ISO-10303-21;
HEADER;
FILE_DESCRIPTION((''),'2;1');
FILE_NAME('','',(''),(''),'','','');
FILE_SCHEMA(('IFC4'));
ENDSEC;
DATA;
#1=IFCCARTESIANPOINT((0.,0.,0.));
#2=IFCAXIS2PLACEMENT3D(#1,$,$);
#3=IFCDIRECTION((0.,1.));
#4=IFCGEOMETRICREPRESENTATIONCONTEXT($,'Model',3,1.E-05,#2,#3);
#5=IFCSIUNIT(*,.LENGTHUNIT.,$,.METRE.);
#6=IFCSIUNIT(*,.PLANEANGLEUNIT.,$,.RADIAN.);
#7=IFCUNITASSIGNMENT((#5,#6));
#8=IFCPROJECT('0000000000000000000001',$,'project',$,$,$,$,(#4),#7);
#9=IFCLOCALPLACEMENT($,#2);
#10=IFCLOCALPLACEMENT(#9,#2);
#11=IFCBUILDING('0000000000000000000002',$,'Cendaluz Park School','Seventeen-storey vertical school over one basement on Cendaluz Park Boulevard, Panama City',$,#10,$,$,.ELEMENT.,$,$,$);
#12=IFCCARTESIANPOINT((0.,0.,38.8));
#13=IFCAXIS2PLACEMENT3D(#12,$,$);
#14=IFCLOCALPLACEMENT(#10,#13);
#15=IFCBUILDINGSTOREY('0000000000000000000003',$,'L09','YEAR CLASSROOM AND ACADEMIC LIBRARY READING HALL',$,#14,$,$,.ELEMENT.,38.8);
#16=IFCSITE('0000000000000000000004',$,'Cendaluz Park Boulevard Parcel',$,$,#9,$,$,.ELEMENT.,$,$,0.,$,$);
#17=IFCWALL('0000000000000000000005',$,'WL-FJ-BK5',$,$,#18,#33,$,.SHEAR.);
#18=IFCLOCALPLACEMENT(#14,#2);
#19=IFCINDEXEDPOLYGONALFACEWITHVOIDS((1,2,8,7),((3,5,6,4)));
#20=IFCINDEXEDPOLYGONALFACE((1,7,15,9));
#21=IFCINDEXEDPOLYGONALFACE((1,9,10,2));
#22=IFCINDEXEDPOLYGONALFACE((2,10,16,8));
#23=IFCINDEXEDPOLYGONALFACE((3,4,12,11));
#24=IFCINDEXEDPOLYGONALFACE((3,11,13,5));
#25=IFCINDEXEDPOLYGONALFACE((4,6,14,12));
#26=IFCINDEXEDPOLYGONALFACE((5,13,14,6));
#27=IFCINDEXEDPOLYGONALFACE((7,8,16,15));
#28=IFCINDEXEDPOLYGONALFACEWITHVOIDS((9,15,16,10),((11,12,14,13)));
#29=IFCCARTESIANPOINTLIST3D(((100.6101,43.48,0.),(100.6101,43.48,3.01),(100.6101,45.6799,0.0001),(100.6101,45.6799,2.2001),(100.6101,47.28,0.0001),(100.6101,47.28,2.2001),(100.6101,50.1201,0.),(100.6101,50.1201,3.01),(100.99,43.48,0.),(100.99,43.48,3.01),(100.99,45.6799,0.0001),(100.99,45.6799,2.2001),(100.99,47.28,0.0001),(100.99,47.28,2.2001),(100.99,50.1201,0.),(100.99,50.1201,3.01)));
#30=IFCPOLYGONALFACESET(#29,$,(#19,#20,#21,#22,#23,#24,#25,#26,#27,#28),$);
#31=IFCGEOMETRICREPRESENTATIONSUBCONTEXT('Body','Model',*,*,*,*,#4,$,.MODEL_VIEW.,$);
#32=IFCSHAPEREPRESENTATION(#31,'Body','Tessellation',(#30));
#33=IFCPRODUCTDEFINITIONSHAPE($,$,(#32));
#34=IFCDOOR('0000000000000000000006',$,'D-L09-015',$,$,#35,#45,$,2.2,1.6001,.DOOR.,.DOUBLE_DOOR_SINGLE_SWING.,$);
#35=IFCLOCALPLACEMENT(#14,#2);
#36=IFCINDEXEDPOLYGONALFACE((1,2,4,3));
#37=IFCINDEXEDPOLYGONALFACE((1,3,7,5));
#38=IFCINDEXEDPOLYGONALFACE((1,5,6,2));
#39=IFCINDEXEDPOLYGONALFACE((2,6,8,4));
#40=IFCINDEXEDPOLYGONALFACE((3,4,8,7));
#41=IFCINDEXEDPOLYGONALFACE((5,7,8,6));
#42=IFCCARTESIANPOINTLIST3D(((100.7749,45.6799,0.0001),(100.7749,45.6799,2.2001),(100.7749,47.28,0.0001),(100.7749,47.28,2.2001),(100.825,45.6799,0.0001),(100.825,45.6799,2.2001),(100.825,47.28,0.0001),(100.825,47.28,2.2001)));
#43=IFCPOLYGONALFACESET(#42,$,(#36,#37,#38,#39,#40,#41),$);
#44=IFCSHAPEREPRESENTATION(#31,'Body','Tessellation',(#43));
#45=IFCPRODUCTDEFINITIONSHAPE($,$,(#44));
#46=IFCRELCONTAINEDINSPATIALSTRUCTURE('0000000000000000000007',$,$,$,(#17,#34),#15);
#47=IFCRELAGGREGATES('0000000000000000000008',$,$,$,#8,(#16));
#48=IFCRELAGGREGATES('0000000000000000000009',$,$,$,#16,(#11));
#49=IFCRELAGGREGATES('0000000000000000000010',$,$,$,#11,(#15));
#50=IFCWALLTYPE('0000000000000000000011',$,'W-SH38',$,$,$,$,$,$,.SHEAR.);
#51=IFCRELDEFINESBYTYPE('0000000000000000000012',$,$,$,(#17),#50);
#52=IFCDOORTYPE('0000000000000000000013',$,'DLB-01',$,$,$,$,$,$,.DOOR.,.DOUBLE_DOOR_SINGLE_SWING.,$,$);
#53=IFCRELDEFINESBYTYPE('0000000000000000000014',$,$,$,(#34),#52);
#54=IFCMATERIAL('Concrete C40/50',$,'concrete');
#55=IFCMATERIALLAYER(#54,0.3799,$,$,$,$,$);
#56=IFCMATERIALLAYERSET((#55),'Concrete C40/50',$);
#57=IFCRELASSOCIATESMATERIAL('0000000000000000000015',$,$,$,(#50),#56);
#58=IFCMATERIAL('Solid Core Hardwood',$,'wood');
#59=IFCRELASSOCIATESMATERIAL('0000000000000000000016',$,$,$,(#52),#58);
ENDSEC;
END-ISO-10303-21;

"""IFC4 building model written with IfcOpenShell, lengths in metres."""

from ifc_helpers import new_model, si_unit, direction, frame, frame_2d, origin, place, context, subcontext, project, spatial, rectangle, extrude, material, layer, layer_set, type_object, element, fill, save


model = new_model("IFC4")

# Units and contexts
model_context = context("Model", 3, precision=1e-05, world=origin(), true_north=direction((0.0, 1.0)))
body_context = subcontext(model_context, "Body", "Model", "MODEL_VIEW")
ifc_project = project(units=[si_unit("LENGTHUNIT", "METRE"), si_unit("PLANEANGLEUNIT", "RADIAN")], contexts=[model_context])

# Site, building, storey
site_placement = place(None, origin())
site = spatial("IfcSite", under=ifc_project, at=site_placement, Name="Cendaluz Park Boulevard Parcel", CompositionType="ELEMENT", RefElevation=0.0)
building_placement = place(site_placement, origin())
building = spatial("IfcBuilding", under=site, at=building_placement, Name="Cendaluz Park School", Description="Seventeen-storey vertical school over one basement on Cendaluz Park Boulevard, Panama City", CompositionType="ELEMENT")
storey_placement = place(building_placement, frame((0.0, 0.0, 38.8)))
storey = spatial("IfcBuildingStorey", under=building, at=storey_placement, Name="L09", Description="YEAR CLASSROOM AND ACADEMIC LIBRARY READING HALL", CompositionType="ELEMENT", Elevation=38.8)

# Shared definitions
ifc_material_1 = material(Name="Solid Core Hardwood", Category="wood")

# Wall, opening, door
ifc_material_2 = material(Name="Concrete C40/50", Category="concrete")
ifc_layer_1 = layer(ifc_material_2, 0.3799)
ifc_layer_set_1 = layer_set([ifc_layer_1], Name="Concrete C40/50")
wall_type_1 = type_object("IfcWallType", Name="W-SH38", PredefinedType="SHEAR", material=ifc_layer_set_1)
wall_1_placement = place(storey_placement, frame((100.8, 43.48, 0.0), z_axis=(0.0, 0.0, 1.0), x_axis=(0.0, 1.0, 0.0)))
wall_1 = element("IfcWall", 1, at=wall_1_placement, inside=storey, type_object=wall_type_1, Name="WL-FJ-BK5", PredefinedType="SHEAR", context=body_context, shape_type="SweptSolid", body=[
    extrude(rectangle(XDim=6.6401, YDim=0.3799, at=frame_2d((3.3201, 0.0))), origin(), (0.0, 0.0, 1.0), 3.01),
])
opening_1_placement = place(wall_1_placement, frame((2.2, 0.0, 0.0)))
opening_1 = element("IfcOpeningElement", 2, at=opening_1_placement, cuts=wall_1, PredefinedType="OPENING", context=body_context, shape_type="SweptSolid", body=[
    extrude(rectangle(XDim=1.6001, YDim=2.2, at=frame_2d((0.8, 1.1001))), frame((0.0, 0.2019, 0.0), z_axis=(0.0, -1.0, 0.0), x_axis=(1.0, 0.0, 0.0)), (0.0, 0.0, 1.0), 0.4038),
])
door_type_1 = type_object("IfcDoorType", Name="DLB-01", OperationType="DOUBLE_DOOR_SINGLE_SWING", PredefinedType="DOOR", material=ifc_material_1)
door_1_placement = place(opening_1_placement, frame((1.6001, 0.0, 0.0), z_axis=(0.0, 0.0, 1.0), x_axis=(-1.0, 0.0, 0.0)))
door_1 = element("IfcDoor", 3, at=door_1_placement, inside=storey, type_object=door_type_1, Name="D-L09-015", OperationType="DOUBLE_DOOR_SINGLE_SWING", OverallHeight=2.2, OverallWidth=1.6001, PredefinedType="DOOR", context=body_context, shape_type="SweptSolid", body=[
    extrude(rectangle(XDim=1.6001, YDim=2.2, at=frame_2d((0.8, 1.1001))), frame((0.0, 0.0249, 0.0), z_axis=(0.0, -1.0, 0.0), x_axis=(1.0, 0.0, 0.0)), (0.0, 0.0, 1.0), 0.05),
])
fill(opening_1, door_1)

save(model, "model.ifc")
